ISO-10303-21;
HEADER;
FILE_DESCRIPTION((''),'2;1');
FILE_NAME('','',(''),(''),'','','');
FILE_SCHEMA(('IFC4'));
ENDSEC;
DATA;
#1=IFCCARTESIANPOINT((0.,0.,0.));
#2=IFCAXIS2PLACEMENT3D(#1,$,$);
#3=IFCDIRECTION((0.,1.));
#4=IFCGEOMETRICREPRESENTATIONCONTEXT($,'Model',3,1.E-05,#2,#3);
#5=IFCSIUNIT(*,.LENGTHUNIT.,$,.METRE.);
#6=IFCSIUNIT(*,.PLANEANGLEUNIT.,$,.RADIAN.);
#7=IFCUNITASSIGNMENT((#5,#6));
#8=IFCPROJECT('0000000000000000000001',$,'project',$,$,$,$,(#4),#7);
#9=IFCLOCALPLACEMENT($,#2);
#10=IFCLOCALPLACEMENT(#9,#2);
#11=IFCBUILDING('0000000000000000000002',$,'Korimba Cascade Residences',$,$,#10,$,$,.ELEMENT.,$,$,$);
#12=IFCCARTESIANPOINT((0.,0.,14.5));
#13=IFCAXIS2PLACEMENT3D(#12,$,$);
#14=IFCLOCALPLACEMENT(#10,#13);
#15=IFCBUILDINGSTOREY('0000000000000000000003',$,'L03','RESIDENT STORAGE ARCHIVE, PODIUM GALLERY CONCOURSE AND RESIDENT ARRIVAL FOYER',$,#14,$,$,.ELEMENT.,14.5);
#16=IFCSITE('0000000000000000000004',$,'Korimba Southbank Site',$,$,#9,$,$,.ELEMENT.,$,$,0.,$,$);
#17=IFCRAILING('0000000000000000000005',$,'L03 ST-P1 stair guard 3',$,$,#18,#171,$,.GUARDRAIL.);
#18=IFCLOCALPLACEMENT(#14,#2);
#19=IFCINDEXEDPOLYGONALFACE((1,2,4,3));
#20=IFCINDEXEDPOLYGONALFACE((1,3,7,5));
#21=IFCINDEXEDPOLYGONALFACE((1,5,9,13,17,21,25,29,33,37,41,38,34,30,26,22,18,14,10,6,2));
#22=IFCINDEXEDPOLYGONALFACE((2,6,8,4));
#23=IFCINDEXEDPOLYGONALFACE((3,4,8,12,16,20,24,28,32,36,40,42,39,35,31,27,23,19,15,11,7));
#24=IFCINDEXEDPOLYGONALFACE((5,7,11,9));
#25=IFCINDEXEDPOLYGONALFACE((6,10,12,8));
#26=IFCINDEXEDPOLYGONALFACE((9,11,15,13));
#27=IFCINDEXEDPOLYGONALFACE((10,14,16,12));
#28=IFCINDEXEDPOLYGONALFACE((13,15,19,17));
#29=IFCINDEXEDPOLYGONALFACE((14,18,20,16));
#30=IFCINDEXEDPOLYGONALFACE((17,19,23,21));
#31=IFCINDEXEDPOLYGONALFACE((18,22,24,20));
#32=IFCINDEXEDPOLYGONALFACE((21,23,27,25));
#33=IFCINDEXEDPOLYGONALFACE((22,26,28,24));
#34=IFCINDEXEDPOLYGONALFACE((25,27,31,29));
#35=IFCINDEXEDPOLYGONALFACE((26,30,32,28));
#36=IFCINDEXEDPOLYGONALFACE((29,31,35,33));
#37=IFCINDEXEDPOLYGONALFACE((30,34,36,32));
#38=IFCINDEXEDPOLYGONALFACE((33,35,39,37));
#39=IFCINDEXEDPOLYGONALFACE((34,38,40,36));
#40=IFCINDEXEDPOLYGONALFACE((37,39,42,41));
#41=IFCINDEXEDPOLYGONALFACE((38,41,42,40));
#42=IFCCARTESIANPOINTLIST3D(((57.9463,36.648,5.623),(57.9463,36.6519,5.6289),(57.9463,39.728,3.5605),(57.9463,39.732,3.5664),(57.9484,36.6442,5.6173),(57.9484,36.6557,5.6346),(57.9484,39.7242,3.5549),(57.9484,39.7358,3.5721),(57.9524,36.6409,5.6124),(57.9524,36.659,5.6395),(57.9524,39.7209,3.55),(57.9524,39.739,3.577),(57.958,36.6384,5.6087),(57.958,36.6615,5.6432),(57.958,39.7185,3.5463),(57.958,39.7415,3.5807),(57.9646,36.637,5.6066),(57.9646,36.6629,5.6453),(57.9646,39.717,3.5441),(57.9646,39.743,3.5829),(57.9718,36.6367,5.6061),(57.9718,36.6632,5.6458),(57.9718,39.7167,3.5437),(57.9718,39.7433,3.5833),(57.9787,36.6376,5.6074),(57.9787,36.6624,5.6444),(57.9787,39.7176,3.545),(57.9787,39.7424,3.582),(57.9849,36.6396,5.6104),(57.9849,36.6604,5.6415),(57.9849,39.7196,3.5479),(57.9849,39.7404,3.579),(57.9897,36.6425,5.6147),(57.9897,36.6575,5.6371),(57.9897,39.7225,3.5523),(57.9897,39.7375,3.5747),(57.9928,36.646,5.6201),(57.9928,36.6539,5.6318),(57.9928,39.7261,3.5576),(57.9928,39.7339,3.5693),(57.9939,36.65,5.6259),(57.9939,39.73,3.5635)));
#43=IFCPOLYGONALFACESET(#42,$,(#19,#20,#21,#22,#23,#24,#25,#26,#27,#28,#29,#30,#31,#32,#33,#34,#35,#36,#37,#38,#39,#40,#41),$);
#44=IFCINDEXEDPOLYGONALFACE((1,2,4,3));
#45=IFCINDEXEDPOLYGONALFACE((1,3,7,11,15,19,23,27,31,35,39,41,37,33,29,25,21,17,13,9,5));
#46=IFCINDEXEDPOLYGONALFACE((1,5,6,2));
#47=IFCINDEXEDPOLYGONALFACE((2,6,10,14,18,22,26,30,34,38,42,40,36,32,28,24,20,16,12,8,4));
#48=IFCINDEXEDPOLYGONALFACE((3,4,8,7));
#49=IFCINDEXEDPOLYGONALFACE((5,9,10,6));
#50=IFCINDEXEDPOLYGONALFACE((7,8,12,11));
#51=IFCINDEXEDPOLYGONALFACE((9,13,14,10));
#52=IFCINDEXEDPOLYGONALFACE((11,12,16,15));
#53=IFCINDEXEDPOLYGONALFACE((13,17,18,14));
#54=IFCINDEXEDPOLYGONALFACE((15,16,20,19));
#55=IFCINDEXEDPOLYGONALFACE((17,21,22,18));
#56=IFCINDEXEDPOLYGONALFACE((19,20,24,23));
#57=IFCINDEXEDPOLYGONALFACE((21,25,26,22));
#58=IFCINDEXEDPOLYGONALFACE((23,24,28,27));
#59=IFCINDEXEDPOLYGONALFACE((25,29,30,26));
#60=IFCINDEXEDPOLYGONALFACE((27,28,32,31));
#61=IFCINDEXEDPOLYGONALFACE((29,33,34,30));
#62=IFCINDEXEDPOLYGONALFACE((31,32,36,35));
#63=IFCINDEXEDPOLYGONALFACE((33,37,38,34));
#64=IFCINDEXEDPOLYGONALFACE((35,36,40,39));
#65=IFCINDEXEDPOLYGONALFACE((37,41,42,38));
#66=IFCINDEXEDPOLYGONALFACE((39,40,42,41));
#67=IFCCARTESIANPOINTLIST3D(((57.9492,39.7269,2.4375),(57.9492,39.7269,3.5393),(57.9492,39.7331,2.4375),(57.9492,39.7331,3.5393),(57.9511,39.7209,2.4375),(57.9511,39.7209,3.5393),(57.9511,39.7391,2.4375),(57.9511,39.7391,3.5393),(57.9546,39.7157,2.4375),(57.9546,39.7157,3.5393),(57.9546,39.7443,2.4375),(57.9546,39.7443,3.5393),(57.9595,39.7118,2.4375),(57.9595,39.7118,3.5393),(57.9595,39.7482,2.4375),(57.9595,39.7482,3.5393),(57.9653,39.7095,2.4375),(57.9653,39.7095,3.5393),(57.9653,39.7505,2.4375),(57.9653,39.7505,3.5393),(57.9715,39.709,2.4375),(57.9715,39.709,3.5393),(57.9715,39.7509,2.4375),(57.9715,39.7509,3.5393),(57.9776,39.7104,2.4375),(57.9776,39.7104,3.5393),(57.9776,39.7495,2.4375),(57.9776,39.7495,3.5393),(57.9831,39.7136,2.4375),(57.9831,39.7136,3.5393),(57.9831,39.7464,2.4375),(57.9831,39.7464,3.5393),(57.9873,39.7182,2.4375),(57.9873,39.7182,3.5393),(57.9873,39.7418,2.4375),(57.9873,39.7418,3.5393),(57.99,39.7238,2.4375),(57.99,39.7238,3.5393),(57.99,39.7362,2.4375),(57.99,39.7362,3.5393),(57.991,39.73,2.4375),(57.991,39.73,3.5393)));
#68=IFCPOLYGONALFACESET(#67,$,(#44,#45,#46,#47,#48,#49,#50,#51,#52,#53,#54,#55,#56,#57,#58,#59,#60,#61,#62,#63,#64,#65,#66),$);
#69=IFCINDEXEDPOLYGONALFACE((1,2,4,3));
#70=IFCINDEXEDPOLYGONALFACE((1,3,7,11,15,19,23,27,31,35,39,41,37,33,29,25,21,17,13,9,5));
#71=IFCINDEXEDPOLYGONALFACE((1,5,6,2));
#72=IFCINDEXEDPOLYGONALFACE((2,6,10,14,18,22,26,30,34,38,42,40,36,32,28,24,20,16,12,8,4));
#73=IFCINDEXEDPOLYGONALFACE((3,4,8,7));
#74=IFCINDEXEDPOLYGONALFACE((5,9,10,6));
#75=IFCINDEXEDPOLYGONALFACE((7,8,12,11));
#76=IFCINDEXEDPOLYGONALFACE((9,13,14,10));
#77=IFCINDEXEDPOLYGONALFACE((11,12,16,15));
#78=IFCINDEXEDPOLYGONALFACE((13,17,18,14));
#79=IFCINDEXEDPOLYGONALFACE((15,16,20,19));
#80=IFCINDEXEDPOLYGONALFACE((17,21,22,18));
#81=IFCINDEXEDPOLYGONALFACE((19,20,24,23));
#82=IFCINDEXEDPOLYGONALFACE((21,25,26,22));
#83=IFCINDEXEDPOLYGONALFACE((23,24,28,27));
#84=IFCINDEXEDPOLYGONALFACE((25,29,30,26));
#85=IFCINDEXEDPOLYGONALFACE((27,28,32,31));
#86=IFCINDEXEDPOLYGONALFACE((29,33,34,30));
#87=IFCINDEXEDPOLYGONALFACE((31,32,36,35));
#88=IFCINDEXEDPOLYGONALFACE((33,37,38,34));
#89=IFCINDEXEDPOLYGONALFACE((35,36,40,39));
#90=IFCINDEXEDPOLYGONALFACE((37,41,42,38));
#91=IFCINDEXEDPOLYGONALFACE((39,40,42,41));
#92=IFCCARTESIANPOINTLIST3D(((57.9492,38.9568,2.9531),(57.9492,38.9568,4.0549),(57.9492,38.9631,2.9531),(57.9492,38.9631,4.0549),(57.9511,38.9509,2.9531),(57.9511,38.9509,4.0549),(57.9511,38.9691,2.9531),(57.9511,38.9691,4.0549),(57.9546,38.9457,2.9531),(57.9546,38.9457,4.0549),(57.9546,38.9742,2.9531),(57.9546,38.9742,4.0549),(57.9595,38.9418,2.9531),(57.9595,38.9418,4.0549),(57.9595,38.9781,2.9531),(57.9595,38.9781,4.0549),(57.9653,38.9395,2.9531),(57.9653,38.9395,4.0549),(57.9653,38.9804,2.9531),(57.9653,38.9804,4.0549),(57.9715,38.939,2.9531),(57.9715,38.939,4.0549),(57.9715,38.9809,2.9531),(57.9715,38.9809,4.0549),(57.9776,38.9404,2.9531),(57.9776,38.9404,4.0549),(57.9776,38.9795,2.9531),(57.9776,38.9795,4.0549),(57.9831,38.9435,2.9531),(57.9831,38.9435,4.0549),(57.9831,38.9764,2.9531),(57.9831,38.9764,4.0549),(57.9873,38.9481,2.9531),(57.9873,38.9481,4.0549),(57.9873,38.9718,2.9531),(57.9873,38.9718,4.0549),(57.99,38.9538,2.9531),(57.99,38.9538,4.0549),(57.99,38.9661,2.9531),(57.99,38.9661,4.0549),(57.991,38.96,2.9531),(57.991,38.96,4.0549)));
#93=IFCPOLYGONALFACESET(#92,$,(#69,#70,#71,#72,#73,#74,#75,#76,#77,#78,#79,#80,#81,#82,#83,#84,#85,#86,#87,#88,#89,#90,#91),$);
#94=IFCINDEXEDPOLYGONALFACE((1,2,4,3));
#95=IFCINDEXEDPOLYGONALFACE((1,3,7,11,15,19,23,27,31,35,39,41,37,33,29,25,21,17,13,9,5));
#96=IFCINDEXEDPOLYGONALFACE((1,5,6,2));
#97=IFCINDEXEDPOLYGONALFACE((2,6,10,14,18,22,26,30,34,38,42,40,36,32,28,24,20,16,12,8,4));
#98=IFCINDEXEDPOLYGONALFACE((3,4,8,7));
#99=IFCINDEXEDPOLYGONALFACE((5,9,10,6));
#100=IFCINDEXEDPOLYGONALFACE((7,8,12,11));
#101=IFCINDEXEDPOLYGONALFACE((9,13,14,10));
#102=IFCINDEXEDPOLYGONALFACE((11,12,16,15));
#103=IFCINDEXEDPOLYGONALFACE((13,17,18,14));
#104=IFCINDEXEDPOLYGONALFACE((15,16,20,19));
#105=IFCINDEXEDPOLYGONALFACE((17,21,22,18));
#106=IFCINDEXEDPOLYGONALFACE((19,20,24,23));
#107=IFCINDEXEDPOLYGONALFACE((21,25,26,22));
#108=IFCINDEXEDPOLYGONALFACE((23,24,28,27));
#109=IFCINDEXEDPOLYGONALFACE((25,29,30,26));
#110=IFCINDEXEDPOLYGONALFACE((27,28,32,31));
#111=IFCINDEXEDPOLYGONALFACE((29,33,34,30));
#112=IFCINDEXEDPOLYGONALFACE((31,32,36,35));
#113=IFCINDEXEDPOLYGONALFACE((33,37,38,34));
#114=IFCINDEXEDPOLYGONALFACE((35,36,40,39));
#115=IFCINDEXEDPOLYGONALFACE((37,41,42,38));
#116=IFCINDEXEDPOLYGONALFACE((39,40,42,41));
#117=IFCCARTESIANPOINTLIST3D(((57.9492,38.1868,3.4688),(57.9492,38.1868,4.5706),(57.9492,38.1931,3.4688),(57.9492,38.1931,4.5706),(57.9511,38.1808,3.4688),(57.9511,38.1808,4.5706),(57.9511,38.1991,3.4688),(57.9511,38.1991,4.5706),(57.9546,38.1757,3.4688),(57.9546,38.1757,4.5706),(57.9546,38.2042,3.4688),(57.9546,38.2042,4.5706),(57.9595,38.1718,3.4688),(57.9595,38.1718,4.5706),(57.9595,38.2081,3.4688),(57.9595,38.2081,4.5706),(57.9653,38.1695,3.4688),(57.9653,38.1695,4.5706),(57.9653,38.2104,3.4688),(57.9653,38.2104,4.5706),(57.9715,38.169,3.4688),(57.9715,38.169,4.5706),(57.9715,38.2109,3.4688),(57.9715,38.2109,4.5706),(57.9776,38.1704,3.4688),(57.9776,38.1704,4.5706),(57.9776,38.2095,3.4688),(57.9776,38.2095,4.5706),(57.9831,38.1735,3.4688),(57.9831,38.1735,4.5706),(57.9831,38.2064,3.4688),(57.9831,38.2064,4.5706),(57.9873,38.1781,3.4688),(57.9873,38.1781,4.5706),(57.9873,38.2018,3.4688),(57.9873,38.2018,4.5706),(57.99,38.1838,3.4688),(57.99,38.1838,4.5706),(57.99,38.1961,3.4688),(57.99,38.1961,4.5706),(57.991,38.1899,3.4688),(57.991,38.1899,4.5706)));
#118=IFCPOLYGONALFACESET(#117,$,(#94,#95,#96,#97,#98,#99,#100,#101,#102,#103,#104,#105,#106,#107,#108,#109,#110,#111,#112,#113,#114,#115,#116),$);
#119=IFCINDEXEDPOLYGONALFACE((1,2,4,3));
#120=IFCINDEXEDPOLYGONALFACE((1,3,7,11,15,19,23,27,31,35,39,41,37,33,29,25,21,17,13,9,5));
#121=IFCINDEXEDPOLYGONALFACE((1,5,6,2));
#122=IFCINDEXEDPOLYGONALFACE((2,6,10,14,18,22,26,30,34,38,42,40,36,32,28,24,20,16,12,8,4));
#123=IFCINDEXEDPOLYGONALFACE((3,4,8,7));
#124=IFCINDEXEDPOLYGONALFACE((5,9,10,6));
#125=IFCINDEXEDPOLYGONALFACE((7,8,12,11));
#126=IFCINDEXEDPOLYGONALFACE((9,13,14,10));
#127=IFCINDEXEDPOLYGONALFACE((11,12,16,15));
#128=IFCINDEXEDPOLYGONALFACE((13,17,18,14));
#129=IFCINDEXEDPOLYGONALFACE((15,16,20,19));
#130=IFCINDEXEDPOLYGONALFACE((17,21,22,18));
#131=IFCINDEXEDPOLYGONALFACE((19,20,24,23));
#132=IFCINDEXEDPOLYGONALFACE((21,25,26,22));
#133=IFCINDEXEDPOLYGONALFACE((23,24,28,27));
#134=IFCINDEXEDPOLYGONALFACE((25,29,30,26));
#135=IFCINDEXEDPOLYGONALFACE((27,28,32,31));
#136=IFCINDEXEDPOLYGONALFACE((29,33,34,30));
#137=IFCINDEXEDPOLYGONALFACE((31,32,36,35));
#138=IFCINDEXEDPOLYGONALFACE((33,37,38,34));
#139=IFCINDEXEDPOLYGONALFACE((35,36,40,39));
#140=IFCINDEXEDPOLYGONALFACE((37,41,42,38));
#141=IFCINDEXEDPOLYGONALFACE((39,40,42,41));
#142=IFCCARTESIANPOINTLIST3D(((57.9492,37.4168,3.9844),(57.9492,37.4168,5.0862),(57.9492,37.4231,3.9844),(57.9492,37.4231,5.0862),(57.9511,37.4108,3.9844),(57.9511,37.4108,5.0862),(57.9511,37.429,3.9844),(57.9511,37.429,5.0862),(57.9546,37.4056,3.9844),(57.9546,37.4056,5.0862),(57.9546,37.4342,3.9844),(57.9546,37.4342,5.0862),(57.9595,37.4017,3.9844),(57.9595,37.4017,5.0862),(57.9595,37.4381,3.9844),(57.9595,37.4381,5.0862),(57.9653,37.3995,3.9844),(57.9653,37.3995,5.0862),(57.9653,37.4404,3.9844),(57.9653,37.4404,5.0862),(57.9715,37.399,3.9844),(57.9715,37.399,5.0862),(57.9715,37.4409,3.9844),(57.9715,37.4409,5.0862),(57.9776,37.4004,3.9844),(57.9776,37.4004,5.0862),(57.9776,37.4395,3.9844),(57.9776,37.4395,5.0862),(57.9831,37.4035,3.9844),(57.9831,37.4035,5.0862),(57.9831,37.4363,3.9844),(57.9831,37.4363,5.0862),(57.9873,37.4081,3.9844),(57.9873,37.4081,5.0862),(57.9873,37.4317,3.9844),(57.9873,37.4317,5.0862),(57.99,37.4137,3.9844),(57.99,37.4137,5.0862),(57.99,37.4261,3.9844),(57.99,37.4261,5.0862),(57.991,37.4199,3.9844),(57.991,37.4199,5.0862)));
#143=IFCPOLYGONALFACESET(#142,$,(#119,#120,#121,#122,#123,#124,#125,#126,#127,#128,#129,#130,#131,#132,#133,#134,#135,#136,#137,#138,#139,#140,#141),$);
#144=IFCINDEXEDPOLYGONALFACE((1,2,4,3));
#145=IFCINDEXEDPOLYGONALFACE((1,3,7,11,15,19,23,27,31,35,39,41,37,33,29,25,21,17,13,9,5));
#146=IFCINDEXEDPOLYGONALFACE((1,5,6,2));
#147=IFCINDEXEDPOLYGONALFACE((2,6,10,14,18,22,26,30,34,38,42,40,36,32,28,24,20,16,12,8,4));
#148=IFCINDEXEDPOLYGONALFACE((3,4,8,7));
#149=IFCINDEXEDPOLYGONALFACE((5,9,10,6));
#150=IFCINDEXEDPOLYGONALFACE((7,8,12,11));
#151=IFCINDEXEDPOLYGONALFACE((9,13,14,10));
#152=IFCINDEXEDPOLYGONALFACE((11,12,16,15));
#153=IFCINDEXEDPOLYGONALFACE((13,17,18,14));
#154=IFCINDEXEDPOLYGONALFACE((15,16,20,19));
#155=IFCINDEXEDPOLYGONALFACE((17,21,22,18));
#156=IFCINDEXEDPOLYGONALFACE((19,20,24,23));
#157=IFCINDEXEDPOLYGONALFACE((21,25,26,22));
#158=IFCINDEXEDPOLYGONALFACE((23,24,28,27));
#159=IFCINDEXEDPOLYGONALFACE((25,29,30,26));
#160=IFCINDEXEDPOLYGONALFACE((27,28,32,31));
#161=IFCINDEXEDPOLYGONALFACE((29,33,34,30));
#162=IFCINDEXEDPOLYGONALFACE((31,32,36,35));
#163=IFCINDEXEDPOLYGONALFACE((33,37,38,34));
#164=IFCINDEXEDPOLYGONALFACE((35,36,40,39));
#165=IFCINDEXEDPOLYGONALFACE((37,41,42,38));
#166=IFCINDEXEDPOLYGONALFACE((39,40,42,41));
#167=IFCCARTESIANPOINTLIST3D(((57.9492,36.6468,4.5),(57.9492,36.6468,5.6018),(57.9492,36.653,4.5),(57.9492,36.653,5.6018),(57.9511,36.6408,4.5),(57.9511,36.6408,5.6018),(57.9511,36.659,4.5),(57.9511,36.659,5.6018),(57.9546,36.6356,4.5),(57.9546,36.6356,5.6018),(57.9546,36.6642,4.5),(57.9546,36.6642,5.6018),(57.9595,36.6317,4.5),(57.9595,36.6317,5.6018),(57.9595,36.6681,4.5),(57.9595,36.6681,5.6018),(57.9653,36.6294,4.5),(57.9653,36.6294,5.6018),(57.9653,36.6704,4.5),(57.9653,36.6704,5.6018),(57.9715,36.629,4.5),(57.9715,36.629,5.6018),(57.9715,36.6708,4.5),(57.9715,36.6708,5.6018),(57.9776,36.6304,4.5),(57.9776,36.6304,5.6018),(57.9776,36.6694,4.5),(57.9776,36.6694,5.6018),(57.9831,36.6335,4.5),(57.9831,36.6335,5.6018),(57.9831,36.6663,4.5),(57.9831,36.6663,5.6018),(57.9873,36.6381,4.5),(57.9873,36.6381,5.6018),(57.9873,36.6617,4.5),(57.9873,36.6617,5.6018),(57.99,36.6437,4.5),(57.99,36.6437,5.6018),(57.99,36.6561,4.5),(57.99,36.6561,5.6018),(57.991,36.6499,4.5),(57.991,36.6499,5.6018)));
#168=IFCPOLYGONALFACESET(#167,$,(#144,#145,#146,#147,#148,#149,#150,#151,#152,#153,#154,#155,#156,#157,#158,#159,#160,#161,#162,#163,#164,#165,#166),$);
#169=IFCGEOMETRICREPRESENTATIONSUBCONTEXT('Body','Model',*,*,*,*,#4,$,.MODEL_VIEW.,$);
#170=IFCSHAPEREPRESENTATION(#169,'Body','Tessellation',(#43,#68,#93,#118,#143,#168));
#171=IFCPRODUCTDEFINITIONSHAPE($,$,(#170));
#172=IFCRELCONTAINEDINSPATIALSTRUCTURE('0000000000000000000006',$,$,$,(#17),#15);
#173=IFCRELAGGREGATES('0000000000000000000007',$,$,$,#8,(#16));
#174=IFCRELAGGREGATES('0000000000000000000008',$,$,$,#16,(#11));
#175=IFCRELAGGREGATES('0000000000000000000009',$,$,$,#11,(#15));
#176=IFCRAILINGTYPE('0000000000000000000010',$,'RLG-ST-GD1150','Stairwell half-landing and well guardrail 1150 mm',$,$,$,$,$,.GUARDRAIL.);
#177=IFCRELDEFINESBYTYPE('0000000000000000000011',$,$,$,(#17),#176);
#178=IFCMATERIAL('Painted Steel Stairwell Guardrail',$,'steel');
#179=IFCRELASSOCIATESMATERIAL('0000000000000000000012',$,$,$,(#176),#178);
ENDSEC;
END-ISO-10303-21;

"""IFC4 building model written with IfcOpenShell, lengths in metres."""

from ifc_helpers import new_model, si_unit, direction, frame, origin, origin_2d, place, context, subcontext, project, spatial, circle, extrude, material, type_object, element, save


model = new_model("IFC4")

# Units and contexts
model_context = context("Model", 3, precision=1e-05, world=origin(), true_north=direction((0.0, 1.0)))
body_context = subcontext(model_context, "Body", "Model", "MODEL_VIEW")
ifc_project = project(units=[si_unit("LENGTHUNIT", "METRE"), si_unit("PLANEANGLEUNIT", "RADIAN")], contexts=[model_context])

# Site, building, storey
site_placement = place(None, origin())
site = spatial("IfcSite", under=ifc_project, at=site_placement, Name="Korimba Southbank Site", CompositionType="ELEMENT", RefElevation=0.0)
building_placement = place(site_placement, origin())
building = spatial("IfcBuilding", under=site, at=building_placement, Name="Korimba Cascade Residences", CompositionType="ELEMENT")
storey_placement = place(building_placement, frame((0.0, 0.0, 14.5)))
storey = spatial("IfcBuildingStorey", under=building, at=storey_placement, Name="L03", Description="RESIDENT STORAGE ARCHIVE, PODIUM GALLERY CONCOURSE AND RESIDENT ARRIVAL FOYER", CompositionType="ELEMENT", Elevation=14.5)

# Railing
ifc_material_1 = material(Name="Painted Steel Stairwell Guardrail", Category="steel")
railing_type_1 = type_object("IfcRailingType", Name="RLG-ST-GD1150", Description="Stairwell half-landing and well guardrail 1150 mm", PredefinedType="GUARDRAIL", material=ifc_material_1)
railing_1_placement = place(storey_placement, frame((57.97, 39.73, 2.4375)))
element("IfcRailing", 1, at=railing_1_placement, inside=storey, type_object=railing_type_1, Name="L03 ST-P1 stair guard 3", PredefinedType="GUARDRAIL", context=body_context, shape_type="SweptSolid", body=[
    extrude(circle(Radius=0.0239, at=origin_2d()), frame((0.0, 0.0, 1.126), z_axis=(0.0, -0.830914, 0.556401), x_axis=(1.0, 0.0, 0.0)), (0.0, 0.0, 1.0), 3.7068),
    extrude(circle(Radius=0.021, at=origin_2d()), origin(), (0.0, 0.0, 1.0), 1.1018),
    extrude(circle(Radius=0.021, at=origin_2d()), frame((0.0, -0.77, 0.5156)), (0.0, 0.0, 1.0), 1.1018),
    extrude(circle(Radius=0.021, at=origin_2d()), frame((0.0, -1.54, 1.0312)), (0.0, 0.0, 1.0), 1.1018),
    extrude(circle(Radius=0.021, at=origin_2d()), frame((0.0, -2.3101, 1.5469)), (0.0, 0.0, 1.0), 1.1018),
    extrude(circle(Radius=0.021, at=origin_2d()), frame((0.0, -3.0801, 2.0625)), (0.0, 0.0, 1.0), 1.1018),
])

save(model, "model.ifc")
